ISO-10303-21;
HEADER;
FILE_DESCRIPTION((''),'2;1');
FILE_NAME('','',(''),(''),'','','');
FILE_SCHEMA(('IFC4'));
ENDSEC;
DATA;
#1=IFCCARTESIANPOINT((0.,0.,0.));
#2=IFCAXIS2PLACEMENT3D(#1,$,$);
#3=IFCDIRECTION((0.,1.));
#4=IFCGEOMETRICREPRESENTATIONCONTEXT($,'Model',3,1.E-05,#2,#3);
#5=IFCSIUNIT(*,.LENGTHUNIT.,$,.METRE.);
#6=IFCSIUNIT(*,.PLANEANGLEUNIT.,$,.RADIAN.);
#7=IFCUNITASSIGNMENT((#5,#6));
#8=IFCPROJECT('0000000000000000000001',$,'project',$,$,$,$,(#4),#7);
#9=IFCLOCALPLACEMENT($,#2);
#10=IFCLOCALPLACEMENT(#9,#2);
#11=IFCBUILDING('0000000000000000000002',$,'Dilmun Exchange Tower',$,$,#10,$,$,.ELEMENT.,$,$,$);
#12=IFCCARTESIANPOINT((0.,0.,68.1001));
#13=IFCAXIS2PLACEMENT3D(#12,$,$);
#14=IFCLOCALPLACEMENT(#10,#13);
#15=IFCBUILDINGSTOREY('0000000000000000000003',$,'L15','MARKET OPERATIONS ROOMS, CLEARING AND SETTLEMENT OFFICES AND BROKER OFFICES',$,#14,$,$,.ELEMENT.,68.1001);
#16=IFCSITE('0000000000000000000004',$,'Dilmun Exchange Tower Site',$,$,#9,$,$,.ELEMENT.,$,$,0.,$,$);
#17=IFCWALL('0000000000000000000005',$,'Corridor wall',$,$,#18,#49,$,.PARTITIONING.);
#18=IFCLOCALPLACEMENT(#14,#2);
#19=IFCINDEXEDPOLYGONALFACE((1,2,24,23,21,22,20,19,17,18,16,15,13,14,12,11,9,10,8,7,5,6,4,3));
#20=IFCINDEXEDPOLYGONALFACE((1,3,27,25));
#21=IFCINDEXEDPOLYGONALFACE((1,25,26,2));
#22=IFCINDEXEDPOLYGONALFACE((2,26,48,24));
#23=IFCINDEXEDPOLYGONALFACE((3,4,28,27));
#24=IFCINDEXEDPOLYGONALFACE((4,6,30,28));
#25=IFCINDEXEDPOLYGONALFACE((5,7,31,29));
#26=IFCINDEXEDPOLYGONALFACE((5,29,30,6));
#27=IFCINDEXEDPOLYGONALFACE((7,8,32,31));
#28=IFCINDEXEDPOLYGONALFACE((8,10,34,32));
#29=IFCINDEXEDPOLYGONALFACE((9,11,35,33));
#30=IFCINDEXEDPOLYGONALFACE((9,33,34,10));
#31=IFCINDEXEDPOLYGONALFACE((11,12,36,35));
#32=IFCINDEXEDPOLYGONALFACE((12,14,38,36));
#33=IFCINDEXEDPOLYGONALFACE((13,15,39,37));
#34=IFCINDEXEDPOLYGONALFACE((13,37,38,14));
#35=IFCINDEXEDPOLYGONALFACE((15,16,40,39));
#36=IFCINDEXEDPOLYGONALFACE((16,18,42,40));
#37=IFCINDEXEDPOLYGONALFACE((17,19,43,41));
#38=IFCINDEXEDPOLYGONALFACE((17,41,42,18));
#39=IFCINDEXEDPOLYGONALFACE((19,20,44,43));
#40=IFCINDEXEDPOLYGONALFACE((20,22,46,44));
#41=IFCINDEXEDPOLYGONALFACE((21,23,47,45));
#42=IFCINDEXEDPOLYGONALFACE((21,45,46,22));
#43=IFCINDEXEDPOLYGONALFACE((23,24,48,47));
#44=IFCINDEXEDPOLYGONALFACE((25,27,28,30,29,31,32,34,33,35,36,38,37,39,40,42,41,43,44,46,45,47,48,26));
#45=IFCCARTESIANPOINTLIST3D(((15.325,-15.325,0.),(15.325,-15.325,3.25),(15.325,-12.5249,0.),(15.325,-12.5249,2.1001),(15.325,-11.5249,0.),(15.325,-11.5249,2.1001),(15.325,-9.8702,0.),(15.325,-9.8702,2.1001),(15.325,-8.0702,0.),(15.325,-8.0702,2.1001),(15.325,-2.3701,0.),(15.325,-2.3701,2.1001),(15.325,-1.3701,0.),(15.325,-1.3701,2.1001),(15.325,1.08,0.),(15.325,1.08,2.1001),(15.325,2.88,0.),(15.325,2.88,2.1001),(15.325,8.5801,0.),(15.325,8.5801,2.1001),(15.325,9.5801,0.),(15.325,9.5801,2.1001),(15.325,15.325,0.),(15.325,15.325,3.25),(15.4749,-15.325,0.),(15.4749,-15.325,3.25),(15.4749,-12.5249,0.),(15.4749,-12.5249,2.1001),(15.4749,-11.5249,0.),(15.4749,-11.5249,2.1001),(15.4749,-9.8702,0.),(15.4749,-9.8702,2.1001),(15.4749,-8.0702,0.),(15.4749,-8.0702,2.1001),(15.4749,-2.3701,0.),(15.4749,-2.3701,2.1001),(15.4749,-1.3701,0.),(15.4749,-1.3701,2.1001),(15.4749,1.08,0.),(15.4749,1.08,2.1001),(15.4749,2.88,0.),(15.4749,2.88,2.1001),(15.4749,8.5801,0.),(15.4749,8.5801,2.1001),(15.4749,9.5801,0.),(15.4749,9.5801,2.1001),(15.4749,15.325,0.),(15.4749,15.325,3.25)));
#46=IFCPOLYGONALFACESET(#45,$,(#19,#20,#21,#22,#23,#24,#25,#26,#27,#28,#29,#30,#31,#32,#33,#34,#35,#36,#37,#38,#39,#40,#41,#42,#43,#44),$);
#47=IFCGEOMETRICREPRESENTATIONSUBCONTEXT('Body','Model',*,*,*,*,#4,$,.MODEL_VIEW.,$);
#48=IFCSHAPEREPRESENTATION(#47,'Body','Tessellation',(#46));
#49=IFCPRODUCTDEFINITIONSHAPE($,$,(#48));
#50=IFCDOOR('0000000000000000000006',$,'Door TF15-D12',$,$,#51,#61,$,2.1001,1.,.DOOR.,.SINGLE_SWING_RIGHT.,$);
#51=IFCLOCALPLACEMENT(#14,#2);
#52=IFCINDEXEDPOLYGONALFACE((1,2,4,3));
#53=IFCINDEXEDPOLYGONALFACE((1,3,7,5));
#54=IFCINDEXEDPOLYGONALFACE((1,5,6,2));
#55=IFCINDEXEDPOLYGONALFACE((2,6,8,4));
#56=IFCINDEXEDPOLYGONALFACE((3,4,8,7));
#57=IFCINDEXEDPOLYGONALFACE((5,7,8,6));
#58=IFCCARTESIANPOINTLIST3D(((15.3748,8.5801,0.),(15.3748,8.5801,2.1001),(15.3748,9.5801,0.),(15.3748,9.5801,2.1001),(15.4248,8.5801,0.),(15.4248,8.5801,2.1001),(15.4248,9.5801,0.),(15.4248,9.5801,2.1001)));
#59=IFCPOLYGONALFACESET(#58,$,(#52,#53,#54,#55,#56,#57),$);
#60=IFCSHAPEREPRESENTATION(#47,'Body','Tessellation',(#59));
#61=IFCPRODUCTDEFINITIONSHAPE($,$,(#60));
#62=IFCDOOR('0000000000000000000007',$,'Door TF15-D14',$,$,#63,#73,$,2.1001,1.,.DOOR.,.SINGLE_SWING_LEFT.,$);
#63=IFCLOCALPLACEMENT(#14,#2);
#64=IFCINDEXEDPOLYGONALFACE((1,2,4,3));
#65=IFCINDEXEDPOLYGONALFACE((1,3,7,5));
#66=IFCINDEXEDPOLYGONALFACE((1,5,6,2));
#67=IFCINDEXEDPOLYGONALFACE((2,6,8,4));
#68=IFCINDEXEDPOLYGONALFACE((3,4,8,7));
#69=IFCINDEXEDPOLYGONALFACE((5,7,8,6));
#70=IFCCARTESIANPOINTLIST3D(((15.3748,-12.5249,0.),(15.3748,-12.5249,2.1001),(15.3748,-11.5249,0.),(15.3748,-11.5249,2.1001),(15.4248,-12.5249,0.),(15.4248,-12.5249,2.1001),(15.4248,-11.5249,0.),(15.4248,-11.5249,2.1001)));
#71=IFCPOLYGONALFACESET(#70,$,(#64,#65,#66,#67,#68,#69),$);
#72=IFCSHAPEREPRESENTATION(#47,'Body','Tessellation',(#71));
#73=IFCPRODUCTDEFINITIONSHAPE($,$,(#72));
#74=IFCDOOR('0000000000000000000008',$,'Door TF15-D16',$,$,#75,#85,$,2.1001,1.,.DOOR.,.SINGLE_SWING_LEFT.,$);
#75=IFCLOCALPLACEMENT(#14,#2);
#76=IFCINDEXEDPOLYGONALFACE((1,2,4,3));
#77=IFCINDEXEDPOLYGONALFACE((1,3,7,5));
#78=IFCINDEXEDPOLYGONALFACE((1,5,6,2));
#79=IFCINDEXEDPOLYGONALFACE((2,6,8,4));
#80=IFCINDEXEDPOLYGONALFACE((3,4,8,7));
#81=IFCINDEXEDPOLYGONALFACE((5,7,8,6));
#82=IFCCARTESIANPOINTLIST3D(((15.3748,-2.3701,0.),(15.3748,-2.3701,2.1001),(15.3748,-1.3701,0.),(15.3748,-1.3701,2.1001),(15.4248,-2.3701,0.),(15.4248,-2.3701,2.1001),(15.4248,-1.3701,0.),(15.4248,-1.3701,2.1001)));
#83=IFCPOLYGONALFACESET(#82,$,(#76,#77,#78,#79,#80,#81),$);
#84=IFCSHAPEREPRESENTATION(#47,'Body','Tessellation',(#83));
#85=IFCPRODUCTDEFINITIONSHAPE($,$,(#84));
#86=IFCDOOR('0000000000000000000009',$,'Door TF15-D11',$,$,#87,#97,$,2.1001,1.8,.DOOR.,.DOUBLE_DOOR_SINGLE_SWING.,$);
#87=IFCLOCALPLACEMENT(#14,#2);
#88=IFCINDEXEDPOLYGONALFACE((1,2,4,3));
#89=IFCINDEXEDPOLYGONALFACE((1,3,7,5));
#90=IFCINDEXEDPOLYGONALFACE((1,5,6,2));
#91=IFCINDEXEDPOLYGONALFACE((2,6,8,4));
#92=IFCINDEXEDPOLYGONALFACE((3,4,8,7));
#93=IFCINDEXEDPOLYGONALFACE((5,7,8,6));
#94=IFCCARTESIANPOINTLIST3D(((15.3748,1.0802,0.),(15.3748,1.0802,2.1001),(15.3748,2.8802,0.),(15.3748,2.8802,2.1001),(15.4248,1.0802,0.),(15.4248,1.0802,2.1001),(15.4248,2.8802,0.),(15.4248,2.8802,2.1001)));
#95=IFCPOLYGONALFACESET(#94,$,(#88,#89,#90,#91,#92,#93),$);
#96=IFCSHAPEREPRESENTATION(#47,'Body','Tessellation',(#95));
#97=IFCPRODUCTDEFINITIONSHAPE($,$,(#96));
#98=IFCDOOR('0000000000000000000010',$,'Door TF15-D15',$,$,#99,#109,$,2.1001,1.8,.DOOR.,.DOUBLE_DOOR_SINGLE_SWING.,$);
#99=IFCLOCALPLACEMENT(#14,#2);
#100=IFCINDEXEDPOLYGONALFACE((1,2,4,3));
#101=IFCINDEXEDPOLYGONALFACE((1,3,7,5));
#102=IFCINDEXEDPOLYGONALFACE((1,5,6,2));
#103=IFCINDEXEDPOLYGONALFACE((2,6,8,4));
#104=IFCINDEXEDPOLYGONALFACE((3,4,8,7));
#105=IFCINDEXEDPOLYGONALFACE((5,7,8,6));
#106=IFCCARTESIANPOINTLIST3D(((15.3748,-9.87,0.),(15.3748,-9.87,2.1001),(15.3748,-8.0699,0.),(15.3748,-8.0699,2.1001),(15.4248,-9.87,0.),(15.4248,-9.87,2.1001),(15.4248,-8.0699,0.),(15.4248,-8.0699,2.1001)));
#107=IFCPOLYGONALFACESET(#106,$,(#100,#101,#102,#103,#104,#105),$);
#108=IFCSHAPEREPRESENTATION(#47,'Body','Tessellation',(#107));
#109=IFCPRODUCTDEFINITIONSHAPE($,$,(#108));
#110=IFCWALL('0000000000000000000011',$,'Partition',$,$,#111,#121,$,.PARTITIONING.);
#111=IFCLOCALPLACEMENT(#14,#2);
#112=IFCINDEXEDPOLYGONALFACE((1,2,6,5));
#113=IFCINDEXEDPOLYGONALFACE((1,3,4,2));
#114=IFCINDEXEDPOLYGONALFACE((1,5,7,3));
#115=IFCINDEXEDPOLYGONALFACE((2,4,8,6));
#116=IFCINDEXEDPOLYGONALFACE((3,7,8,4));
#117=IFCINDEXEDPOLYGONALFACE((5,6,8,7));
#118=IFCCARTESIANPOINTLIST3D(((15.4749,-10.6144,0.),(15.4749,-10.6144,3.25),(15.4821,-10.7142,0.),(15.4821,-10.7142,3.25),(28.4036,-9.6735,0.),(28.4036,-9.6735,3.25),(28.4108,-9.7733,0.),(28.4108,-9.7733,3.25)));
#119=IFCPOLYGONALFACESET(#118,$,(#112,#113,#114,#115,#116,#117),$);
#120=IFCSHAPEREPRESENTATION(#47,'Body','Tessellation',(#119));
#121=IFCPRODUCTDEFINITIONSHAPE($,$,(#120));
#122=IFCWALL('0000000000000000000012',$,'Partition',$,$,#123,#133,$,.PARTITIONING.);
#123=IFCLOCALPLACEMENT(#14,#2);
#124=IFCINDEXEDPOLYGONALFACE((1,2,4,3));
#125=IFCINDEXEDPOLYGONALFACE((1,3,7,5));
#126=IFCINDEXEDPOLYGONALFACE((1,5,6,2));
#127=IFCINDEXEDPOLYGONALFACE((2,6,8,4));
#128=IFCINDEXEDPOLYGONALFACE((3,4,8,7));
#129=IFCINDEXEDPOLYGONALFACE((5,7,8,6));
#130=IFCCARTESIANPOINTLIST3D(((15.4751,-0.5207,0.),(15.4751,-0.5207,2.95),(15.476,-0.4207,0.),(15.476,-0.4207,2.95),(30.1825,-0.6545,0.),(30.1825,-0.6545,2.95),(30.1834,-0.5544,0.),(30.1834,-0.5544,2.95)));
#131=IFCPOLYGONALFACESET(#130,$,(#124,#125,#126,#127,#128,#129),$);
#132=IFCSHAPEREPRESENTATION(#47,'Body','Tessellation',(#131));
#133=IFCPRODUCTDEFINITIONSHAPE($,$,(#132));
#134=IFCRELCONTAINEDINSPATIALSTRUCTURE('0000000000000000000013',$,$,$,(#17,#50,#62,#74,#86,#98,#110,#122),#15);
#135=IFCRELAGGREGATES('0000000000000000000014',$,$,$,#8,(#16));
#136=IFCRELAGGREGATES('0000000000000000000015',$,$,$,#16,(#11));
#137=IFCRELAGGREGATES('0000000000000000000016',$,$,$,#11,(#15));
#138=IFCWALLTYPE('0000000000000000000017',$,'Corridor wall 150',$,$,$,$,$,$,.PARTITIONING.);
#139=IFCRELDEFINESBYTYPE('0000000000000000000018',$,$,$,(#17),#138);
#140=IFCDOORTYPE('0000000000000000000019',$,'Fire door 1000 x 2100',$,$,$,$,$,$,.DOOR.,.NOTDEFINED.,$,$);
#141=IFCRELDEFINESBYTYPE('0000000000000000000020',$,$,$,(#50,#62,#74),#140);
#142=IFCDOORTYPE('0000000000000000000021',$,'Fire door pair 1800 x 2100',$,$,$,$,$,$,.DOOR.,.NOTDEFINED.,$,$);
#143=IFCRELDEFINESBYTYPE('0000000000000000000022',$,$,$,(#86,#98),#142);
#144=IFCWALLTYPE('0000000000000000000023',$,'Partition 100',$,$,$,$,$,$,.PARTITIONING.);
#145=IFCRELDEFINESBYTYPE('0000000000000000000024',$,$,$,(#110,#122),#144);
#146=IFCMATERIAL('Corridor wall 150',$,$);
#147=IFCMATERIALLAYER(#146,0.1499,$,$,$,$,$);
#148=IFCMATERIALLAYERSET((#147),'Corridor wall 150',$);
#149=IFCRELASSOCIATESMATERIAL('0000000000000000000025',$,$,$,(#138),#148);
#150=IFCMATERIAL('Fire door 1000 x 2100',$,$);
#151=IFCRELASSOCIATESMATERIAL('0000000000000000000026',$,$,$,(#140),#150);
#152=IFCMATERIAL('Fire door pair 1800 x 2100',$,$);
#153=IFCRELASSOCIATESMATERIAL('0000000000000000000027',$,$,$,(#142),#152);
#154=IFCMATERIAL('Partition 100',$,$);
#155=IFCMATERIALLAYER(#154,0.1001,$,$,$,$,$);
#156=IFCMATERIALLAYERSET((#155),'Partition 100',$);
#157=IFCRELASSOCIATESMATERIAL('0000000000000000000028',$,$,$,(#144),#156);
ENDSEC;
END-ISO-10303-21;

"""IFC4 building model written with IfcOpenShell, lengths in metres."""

from ifc_helpers import new_model, si_unit, direction, frame, frame_2d, origin, place, context, subcontext, project, spatial, rectangle, extrude, material, layer, layer_set, type_object, element, fill, save


model = new_model("IFC4")

# Units and contexts
model_context = context("Model", 3, precision=1e-05, world=origin(), true_north=direction((0.0, 1.0)))
body_context = subcontext(model_context, "Body", "Model", "MODEL_VIEW")
ifc_project = project(units=[si_unit("LENGTHUNIT", "METRE"), si_unit("PLANEANGLEUNIT", "RADIAN")], contexts=[model_context])

# Site, building, storey
site_placement = place(None, origin())
site = spatial("IfcSite", under=ifc_project, at=site_placement, Name="Dilmun Exchange Tower Site", CompositionType="ELEMENT", RefElevation=0.0)
building_placement = place(site_placement, origin())
building = spatial("IfcBuilding", under=site, at=building_placement, Name="Dilmun Exchange Tower", CompositionType="ELEMENT")
storey_placement = place(building_placement, frame((0.0, 0.0, 68.1001)))
storey = spatial("IfcBuildingStorey", under=building, at=storey_placement, Name="L15", Description="MARKET OPERATIONS ROOMS, CLEARING AND SETTLEMENT OFFICES AND BROKER OFFICES", CompositionType="ELEMENT", Elevation=68.1001)

# Wall, openings, doors
ifc_material_1 = material(Name="Corridor wall 150")
ifc_layer_1 = layer(ifc_material_1, 0.1499)
ifc_layer_set_1 = layer_set([ifc_layer_1], Name="Corridor wall 150")
wall_type_1 = type_object("IfcWallType", Name="Corridor wall 150", PredefinedType="PARTITIONING", material=ifc_layer_set_1)
wall_1_placement = place(storey_placement, frame((15.3999, -15.325, 0.0), z_axis=(0.0, 0.0, 1.0), x_axis=(0.0, 1.0, 0.0)))
wall_1 = element("IfcWall", 1, at=wall_1_placement, inside=storey, type_object=wall_type_1, Name="Corridor wall", PredefinedType="PARTITIONING", context=body_context, shape_type="SweptSolid", body=[
    extrude(rectangle(XDim=30.6499, YDim=0.1499, at=frame_2d((15.325, 0.0))), origin(), (0.0, 0.0, 1.0), 3.25),
])
opening_1_placement = place(wall_1_placement, frame((16.405, 0.0, 0.0)))
opening_1 = element("IfcOpeningElement", 2, at=opening_1_placement, cuts=wall_1, PredefinedType="OPENING", context=body_context, shape_type="SweptSolid", body=[
    extrude(rectangle(XDim=1.8, YDim=2.1001, at=frame_2d((0.8999, 1.05))), frame((0.0, 0.085, 0.0), z_axis=(0.0, -1.0, 0.0), x_axis=(1.0, 0.0, 0.0)), (0.0, 0.0, 1.0), 0.1699),
])
opening_2_placement = place(wall_1_placement, frame((23.905, 0.0, 0.0)))
opening_2 = element("IfcOpeningElement", 3, at=opening_2_placement, cuts=wall_1, PredefinedType="OPENING", context=body_context, shape_type="SweptSolid", body=[
    extrude(rectangle(XDim=1.0, YDim=2.1001, at=frame_2d((0.5, 1.05))), frame((0.0, 0.085, 0.0), z_axis=(0.0, -1.0, 0.0), x_axis=(1.0, 0.0, 0.0)), (0.0, 0.0, 1.0), 0.1699),
])
opening_3_placement = place(wall_1_placement, frame((2.8, 0.0, 0.0)))
opening_3 = element("IfcOpeningElement", 4, at=opening_3_placement, cuts=wall_1, PredefinedType="OPENING", context=body_context, shape_type="SweptSolid", body=[
    extrude(rectangle(XDim=1.0, YDim=2.1001, at=frame_2d((0.5, 1.05))), frame((0.0, 0.085, 0.0), z_axis=(0.0, -1.0, 0.0), x_axis=(1.0, 0.0, 0.0)), (0.0, 0.0, 1.0), 0.1699),
])
opening_4_placement = place(wall_1_placement, frame((5.4548, 0.0, 0.0)))
opening_4 = element("IfcOpeningElement", 5, at=opening_4_placement, cuts=wall_1, PredefinedType="OPENING", context=body_context, shape_type="SweptSolid", body=[
    extrude(rectangle(XDim=1.8, YDim=2.1001, at=frame_2d((0.8999, 1.05))), frame((0.0, 0.085, 0.0), z_axis=(0.0, -1.0, 0.0), x_axis=(1.0, 0.0, 0.0)), (0.0, 0.0, 1.0), 0.1699),
])
opening_5_placement = place(wall_1_placement, frame((12.9548, 0.0, 0.0)))
opening_5 = element("IfcOpeningElement", 6, at=opening_5_placement, cuts=wall_1, PredefinedType="OPENING", context=body_context, shape_type="SweptSolid", body=[
    extrude(rectangle(XDim=1.0, YDim=2.1001, at=frame_2d((0.5, 1.05))), frame((0.0, 0.085, 0.0), z_axis=(0.0, -1.0, 0.0), x_axis=(1.0, 0.0, 0.0)), (0.0, 0.0, 1.0), 0.1699),
])
ifc_material_2 = material(Name="Fire door 1000 x 2100")
door_type_1 = type_object("IfcDoorType", Name="Fire door 1000 x 2100", OperationType="NOTDEFINED", PredefinedType="DOOR", material=ifc_material_2)
door_1_placement = place(opening_2_placement, frame((1.0, 0.0, 0.0), z_axis=(0.0, 0.0, 1.0), x_axis=(-1.0, 0.0, 0.0)))
door_1 = element("IfcDoor", 7, at=door_1_placement, inside=storey, type_object=door_type_1, Name="Door TF15-D12", OperationType="SINGLE_SWING_RIGHT", OverallHeight=2.1001, OverallWidth=1.0, PredefinedType="DOOR", context=body_context, shape_type="SweptSolid", body=[
    extrude(rectangle(XDim=1.0, YDim=2.1001, at=frame_2d((0.5, 1.05))), frame((0.0, 0.0249, 0.0), z_axis=(0.0, -1.0, 0.0), x_axis=(1.0, 0.0, 0.0)), (0.0, 0.0, 1.0), 0.05),
])
fill(opening_2, door_1)
door_2_placement = place(opening_3_placement, frame((1.0, 0.0, 0.0), z_axis=(0.0, 0.0, 1.0), x_axis=(-1.0, 0.0, 0.0)))
door_2 = element("IfcDoor", 8, at=door_2_placement, inside=storey, type_object=door_type_1, Name="Door TF15-D14", OperationType="SINGLE_SWING_LEFT", OverallHeight=2.1001, OverallWidth=1.0, PredefinedType="DOOR", context=body_context, shape_type="SweptSolid", body=[
    extrude(rectangle(XDim=1.0, YDim=2.1001, at=frame_2d((0.5, 1.05))), frame((0.0, 0.0249, 0.0), z_axis=(0.0, -1.0, 0.0), x_axis=(1.0, 0.0, 0.0)), (0.0, 0.0, 1.0), 0.05),
])
fill(opening_3, door_2)
door_3_placement = place(opening_5_placement, frame((1.0, 0.0, 0.0), z_axis=(0.0, 0.0, 1.0), x_axis=(-1.0, 0.0, 0.0)))
door_3 = element("IfcDoor", 9, at=door_3_placement, inside=storey, type_object=door_type_1, Name="Door TF15-D16", OperationType="SINGLE_SWING_LEFT", OverallHeight=2.1001, OverallWidth=1.0, PredefinedType="DOOR", context=body_context, shape_type="SweptSolid", body=[
    extrude(rectangle(XDim=1.0, YDim=2.1001, at=frame_2d((0.5, 1.05))), frame((0.0, 0.0249, 0.0), z_axis=(0.0, -1.0, 0.0), x_axis=(1.0, 0.0, 0.0)), (0.0, 0.0, 1.0), 0.05),
])
fill(opening_5, door_3)
ifc_material_3 = material(Name="Fire door pair 1800 x 2100")
door_type_2 = type_object("IfcDoorType", Name="Fire door pair 1800 x 2100", OperationType="NOTDEFINED", PredefinedType="DOOR", material=ifc_material_3)
door_4_placement = place(opening_1_placement, frame((1.8, 0.0, 0.0), z_axis=(0.0, 0.0, 1.0), x_axis=(-1.0, 0.0, 0.0)))
door_4 = element("IfcDoor", 10, at=door_4_placement, inside=storey, type_object=door_type_2, Name="Door TF15-D11", OperationType="DOUBLE_DOOR_SINGLE_SWING", OverallHeight=2.1001, OverallWidth=1.8, PredefinedType="DOOR", context=body_context, shape_type="SweptSolid", body=[
    extrude(rectangle(XDim=1.8, YDim=2.1001, at=frame_2d((0.8999, 1.05))), frame((0.0, 0.0249, 0.0), z_axis=(0.0, -1.0, 0.0), x_axis=(1.0, 0.0, 0.0)), (0.0, 0.0, 1.0), 0.05),
])
fill(opening_1, door_4)
door_5_placement = place(opening_4_placement, frame((1.8, 0.0, 0.0), z_axis=(0.0, 0.0, 1.0), x_axis=(-1.0, 0.0, 0.0)))
door_5 = element("IfcDoor", 11, at=door_5_placement, inside=storey, type_object=door_type_2, Name="Door TF15-D15", OperationType="DOUBLE_DOOR_SINGLE_SWING", OverallHeight=2.1001, OverallWidth=1.8, PredefinedType="DOOR", context=body_context, shape_type="SweptSolid", body=[
    extrude(rectangle(XDim=1.8, YDim=2.1001, at=frame_2d((0.8999, 1.05))), frame((0.0, 0.0249, 0.0), z_axis=(0.0, -1.0, 0.0), x_axis=(1.0, 0.0, 0.0)), (0.0, 0.0, 1.0), 0.05),
])
fill(opening_4, door_5)

# Walls
ifc_material_4 = material(Name="Partition 100")
ifc_layer_2 = layer(ifc_material_4, 0.1001)
ifc_layer_set_2 = layer_set([ifc_layer_2], Name="Partition 100")
wall_type_2 = type_object("IfcWallType", Name="Partition 100", PredefinedType="PARTITIONING", material=ifc_layer_set_2)
wall_2_placement = place(storey_placement, frame((15.4785, -10.6643, 0.0), z_axis=(0.0, 0.0, 1.0), x_axis=(0.997362, 0.072585, 0.0)))
element("IfcWall", 12, at=wall_2_placement, inside=storey, type_object=wall_type_2, Name="Partition", PredefinedType="PARTITIONING", context=body_context, shape_type="SweptSolid", body=[
    extrude(rectangle(XDim=12.9629, YDim=0.1001, at=frame_2d((6.4814, 0.0))), origin(), (0.0, 0.0, 1.0), 3.25),
])
wall_3_placement = place(storey_placement, frame((15.4756, -0.4707, 0.0), z_axis=(0.0, 0.0, 1.0), x_axis=(0.999959, -0.009096, 0.0)))
element("IfcWall", 13, at=wall_3_placement, inside=storey, type_object=wall_type_2, Name="Partition", PredefinedType="PARTITIONING", context=body_context, shape_type="SweptSolid", body=[
    extrude(rectangle(XDim=14.708, YDim=0.1001, at=frame_2d((7.354, 0.0))), origin(), (0.0, 0.0, 1.0), 2.95),
])

save(model, "model.ifc")
